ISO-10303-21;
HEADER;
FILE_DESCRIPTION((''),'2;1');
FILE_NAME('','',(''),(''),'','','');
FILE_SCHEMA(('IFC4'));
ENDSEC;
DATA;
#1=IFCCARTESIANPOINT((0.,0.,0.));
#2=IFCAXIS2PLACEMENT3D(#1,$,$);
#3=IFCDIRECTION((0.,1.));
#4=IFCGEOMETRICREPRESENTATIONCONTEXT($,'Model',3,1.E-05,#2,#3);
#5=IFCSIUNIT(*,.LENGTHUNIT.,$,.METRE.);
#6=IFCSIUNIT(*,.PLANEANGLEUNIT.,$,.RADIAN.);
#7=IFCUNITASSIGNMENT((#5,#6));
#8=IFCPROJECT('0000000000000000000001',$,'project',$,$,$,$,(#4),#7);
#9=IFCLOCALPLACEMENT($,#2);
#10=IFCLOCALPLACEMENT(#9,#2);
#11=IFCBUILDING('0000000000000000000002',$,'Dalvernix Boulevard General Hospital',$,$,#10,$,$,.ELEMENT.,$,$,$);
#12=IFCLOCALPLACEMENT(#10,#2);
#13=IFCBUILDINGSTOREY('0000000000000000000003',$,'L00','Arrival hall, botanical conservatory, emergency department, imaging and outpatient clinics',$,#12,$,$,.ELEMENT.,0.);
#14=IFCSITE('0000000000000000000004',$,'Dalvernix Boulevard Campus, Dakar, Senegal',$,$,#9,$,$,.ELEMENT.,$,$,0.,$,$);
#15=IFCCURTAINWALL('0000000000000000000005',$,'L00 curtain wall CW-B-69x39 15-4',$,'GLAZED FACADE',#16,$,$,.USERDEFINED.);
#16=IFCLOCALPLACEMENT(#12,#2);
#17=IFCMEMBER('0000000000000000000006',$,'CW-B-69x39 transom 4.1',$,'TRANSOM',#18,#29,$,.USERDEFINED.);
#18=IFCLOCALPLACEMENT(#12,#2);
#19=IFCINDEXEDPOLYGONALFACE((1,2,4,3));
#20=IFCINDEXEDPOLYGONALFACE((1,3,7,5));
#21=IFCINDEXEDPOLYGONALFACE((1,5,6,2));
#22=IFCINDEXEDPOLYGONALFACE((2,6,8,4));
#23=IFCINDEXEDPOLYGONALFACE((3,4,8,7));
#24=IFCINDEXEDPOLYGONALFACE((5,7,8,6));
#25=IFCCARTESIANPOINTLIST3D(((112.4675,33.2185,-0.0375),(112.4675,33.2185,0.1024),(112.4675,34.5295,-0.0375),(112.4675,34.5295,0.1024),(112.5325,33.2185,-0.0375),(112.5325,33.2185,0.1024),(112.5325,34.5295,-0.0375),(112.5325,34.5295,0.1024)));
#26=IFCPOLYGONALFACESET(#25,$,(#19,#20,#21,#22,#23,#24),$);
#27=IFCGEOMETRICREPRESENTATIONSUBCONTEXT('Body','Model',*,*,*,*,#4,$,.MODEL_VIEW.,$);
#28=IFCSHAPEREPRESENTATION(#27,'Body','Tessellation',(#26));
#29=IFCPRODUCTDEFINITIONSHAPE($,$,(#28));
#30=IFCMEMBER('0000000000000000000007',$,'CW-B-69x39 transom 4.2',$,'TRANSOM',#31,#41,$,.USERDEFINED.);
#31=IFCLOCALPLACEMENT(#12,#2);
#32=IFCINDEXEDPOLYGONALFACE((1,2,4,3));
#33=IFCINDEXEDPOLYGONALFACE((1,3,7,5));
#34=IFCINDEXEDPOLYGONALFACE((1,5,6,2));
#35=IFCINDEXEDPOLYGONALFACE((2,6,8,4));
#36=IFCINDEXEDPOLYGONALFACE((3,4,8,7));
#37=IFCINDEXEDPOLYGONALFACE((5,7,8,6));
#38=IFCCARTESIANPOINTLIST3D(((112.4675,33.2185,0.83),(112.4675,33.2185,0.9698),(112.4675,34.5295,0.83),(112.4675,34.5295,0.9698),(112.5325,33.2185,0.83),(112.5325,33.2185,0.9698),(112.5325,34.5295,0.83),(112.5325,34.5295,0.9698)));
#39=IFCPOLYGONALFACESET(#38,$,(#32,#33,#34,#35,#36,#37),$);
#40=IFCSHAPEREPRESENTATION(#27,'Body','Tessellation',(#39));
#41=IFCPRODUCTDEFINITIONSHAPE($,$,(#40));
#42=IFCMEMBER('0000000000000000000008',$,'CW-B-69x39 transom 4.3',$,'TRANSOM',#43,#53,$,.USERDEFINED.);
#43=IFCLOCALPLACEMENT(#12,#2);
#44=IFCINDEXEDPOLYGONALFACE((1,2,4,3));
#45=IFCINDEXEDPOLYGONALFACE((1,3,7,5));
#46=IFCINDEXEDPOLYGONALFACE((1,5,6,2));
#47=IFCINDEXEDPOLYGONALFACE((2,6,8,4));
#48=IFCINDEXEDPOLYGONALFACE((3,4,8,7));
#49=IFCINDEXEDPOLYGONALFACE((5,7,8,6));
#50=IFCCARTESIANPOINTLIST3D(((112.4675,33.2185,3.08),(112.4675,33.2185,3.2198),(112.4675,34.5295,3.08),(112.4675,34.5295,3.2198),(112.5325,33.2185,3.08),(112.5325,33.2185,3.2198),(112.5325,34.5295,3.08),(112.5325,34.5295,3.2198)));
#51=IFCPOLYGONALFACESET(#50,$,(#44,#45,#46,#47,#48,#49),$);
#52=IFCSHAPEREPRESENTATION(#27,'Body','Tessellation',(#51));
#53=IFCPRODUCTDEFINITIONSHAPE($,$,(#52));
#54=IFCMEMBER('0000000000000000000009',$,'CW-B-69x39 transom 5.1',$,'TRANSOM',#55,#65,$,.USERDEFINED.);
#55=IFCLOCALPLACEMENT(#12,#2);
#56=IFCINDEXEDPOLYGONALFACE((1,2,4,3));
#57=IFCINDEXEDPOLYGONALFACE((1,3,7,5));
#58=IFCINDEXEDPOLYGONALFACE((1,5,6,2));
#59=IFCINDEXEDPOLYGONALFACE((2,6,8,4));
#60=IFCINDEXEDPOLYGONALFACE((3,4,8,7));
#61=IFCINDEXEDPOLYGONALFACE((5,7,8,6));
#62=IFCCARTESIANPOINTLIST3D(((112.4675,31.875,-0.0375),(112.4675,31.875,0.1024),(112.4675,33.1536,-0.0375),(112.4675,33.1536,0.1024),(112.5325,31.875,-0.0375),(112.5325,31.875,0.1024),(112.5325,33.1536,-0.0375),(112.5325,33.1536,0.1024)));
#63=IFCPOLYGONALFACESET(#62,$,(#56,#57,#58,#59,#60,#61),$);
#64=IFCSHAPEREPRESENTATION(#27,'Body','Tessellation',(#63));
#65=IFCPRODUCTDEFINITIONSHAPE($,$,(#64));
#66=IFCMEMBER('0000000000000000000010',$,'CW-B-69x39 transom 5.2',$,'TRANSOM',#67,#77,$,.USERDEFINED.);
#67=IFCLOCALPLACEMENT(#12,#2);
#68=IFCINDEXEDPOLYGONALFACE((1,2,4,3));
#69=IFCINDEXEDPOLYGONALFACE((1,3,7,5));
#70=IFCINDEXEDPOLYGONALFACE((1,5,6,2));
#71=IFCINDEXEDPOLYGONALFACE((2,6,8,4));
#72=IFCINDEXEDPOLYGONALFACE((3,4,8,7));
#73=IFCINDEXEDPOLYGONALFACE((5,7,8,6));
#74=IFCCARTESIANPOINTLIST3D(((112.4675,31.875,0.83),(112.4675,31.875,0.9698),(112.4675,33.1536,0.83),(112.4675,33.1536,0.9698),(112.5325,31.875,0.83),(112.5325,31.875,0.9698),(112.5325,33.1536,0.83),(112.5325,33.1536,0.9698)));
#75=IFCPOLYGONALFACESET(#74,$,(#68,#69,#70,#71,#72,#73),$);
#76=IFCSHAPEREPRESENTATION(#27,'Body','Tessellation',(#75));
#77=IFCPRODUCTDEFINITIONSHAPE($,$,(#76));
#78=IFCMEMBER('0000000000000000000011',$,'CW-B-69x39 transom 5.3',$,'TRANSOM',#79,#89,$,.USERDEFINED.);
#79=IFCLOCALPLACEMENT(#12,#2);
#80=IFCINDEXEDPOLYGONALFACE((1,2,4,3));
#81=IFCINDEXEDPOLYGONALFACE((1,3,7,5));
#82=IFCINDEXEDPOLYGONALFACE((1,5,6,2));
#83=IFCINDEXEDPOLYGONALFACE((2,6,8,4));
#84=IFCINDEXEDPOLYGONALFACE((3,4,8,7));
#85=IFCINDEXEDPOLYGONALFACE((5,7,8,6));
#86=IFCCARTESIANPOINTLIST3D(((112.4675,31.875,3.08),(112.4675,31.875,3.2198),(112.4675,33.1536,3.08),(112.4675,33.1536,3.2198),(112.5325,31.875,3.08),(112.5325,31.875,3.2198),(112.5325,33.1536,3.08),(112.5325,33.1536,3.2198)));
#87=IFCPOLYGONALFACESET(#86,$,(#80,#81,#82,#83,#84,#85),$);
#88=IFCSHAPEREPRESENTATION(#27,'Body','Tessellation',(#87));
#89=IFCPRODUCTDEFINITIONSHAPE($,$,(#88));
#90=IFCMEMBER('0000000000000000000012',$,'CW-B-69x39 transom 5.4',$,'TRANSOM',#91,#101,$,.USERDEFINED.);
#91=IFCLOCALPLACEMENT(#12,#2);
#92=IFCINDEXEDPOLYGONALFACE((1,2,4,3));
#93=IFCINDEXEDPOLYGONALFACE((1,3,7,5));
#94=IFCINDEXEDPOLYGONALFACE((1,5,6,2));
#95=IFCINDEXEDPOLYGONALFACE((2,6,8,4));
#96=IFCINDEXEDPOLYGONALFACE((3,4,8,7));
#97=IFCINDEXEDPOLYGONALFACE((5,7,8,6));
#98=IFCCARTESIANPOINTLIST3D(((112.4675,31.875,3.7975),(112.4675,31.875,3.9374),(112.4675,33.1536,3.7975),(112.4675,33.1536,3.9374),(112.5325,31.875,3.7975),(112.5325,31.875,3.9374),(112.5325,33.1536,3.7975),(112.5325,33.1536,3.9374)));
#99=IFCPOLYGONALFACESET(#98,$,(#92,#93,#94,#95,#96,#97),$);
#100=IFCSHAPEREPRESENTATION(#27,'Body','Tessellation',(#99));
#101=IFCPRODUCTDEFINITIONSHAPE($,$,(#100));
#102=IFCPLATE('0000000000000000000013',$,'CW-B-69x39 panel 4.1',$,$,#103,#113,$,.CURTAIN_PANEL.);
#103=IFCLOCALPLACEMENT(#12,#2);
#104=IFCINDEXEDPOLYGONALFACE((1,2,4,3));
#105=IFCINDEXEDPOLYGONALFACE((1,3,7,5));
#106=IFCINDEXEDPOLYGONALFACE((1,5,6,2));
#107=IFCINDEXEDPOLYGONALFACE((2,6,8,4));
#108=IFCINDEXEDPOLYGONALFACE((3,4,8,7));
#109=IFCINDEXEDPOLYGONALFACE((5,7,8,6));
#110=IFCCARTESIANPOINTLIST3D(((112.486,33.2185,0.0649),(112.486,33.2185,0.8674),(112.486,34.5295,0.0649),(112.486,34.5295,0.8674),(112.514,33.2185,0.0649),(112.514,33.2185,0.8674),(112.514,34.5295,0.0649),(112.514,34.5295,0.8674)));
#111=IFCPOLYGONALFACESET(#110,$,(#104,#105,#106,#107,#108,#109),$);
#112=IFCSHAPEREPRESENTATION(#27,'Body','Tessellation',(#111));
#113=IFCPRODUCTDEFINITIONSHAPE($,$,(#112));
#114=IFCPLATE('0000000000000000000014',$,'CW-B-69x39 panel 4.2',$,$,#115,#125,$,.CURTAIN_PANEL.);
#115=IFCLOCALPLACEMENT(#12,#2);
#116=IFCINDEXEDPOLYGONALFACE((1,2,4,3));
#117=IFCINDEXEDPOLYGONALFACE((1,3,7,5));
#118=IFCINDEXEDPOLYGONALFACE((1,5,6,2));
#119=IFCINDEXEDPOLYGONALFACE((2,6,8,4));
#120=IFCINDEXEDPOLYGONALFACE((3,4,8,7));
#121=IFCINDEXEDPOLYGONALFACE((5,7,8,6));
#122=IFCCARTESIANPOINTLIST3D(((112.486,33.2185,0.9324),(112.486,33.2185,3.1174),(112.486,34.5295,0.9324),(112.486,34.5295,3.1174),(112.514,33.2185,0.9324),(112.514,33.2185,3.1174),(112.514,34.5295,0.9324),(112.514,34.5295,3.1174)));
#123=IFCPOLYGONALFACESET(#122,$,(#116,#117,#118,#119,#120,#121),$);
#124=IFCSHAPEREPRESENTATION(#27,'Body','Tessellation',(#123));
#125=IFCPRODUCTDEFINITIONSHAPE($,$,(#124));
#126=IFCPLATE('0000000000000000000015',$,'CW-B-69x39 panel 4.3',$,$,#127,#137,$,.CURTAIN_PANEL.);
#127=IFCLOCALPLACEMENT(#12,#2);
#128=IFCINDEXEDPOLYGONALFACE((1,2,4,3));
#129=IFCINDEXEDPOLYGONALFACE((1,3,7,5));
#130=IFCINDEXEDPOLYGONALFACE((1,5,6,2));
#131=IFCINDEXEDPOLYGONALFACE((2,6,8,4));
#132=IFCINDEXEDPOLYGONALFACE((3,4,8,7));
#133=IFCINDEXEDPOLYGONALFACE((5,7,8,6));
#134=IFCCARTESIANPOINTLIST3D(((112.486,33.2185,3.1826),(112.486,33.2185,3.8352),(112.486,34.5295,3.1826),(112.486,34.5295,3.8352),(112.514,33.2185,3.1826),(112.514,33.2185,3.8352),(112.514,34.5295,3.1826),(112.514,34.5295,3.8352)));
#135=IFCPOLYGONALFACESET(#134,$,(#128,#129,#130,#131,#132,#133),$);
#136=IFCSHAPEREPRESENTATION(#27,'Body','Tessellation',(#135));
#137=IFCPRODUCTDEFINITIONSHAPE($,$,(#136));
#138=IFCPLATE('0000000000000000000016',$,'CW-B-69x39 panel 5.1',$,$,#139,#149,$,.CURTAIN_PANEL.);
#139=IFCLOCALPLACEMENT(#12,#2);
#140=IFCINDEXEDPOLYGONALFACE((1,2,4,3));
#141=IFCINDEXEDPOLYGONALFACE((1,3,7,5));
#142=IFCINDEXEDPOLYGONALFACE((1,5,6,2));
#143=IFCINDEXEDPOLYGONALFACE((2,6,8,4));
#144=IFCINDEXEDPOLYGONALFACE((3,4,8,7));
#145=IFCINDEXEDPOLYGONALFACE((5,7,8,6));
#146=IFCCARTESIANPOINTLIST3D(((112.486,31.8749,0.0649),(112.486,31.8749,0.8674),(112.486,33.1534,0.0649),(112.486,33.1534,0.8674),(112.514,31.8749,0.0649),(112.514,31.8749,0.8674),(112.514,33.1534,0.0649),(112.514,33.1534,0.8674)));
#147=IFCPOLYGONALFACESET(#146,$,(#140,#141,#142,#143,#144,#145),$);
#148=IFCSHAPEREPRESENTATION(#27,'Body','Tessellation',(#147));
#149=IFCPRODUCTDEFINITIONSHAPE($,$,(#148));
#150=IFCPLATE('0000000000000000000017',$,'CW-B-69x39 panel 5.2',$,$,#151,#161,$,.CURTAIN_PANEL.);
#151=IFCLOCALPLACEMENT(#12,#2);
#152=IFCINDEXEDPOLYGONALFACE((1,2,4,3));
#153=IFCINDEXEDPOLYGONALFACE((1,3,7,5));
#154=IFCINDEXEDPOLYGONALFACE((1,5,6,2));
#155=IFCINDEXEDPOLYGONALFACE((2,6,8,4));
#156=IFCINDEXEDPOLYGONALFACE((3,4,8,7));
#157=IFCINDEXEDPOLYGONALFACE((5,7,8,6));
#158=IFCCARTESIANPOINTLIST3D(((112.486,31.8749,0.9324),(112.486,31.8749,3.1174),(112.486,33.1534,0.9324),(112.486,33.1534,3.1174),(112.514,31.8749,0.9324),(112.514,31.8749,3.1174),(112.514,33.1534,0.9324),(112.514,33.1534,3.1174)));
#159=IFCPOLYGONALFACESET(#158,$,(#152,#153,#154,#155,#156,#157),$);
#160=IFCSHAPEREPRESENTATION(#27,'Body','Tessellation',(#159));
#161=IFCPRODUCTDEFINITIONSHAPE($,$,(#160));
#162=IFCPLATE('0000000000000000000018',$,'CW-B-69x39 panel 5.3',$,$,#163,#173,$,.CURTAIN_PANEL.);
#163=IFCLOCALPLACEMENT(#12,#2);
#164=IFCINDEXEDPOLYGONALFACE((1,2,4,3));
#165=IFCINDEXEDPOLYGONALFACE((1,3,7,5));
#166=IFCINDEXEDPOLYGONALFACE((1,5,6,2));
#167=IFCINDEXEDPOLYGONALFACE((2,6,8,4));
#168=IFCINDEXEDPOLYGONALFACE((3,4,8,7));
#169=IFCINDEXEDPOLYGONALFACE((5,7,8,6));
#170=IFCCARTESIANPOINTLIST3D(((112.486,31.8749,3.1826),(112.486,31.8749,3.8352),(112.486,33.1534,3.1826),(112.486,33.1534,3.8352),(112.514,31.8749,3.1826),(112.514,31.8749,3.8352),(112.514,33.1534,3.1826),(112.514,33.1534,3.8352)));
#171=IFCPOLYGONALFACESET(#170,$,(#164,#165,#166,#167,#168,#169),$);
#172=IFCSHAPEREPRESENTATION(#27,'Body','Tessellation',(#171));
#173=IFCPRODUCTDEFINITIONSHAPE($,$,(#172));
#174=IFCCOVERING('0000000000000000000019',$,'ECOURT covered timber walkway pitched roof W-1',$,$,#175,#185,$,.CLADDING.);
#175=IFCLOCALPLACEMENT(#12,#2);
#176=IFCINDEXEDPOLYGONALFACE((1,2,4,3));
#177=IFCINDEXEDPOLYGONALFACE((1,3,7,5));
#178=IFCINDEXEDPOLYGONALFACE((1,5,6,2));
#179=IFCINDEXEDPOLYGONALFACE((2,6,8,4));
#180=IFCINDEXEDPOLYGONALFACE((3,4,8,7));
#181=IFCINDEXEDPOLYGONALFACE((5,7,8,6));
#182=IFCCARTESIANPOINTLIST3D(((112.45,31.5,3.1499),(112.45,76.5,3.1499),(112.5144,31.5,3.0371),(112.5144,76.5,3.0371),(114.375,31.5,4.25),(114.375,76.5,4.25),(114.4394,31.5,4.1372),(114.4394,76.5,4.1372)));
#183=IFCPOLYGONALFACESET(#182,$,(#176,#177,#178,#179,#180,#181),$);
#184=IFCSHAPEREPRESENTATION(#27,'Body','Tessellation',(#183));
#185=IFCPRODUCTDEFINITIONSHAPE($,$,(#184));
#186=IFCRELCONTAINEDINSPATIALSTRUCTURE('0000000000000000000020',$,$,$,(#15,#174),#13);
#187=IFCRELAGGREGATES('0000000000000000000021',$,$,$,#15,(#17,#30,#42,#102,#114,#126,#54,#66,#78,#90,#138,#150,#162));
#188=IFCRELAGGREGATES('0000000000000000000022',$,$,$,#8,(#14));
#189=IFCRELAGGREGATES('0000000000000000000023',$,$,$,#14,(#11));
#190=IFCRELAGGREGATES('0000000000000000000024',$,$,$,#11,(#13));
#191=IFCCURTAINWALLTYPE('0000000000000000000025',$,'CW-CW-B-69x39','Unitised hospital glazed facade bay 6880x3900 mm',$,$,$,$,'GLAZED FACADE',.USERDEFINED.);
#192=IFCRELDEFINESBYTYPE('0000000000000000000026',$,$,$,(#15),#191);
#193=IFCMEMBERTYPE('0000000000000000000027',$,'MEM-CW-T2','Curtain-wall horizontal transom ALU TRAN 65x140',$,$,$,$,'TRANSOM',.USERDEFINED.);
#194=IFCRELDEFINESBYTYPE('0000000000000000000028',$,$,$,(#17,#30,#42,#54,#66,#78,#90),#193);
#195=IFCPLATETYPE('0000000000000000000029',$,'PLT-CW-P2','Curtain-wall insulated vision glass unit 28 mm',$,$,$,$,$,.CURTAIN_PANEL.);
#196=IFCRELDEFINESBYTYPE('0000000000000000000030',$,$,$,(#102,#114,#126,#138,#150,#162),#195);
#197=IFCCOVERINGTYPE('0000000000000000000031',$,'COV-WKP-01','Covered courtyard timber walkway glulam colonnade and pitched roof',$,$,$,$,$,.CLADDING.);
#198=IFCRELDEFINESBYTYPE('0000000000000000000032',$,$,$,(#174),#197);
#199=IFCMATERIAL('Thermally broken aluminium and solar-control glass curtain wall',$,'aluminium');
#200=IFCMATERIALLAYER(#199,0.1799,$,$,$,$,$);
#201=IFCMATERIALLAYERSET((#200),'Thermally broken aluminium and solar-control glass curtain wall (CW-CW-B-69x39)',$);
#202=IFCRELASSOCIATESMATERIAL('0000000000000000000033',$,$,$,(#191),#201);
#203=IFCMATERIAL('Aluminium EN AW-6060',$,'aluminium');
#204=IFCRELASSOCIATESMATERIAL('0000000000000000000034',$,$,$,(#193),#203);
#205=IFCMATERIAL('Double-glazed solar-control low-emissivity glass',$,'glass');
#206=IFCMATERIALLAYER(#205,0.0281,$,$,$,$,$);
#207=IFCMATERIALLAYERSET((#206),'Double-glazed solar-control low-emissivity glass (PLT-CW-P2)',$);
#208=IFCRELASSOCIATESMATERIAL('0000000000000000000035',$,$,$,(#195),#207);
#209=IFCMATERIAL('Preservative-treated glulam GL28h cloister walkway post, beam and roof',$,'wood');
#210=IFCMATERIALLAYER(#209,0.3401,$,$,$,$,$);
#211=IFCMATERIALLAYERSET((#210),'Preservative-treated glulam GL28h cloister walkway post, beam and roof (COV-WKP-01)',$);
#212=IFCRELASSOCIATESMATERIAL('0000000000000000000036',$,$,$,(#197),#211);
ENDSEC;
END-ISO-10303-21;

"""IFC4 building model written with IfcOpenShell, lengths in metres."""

from ifc_helpers import new_model, si_unit, direction, frame, origin, origin_2d, place, context, subcontext, project, spatial, polyline, rectangle, outline, extrude, material, layer, layer_set, material_profile, profile_set, type_object, element, aggregate, save


model = new_model("IFC4")

# Units and contexts
model_context = context("Model", 3, precision=1e-05, world=origin(), true_north=direction((0.0, 1.0)))
body_context = subcontext(model_context, "Body", "Model", "MODEL_VIEW")
ifc_project = project(units=[si_unit("LENGTHUNIT", "METRE"), si_unit("PLANEANGLEUNIT", "RADIAN")], contexts=[model_context])

# Site, building, storey
site_placement = place(None, origin())
site = spatial("IfcSite", under=ifc_project, at=site_placement, Name="Dalvernix Boulevard Campus, Dakar, Senegal", CompositionType="ELEMENT", RefElevation=0.0)
building_placement = place(site_placement, origin())
building = spatial("IfcBuilding", under=site, at=building_placement, Name="Dalvernix Boulevard General Hospital", CompositionType="ELEMENT")
storey_placement = place(building_placement, origin())
storey = spatial("IfcBuildingStorey", under=building, at=storey_placement, Name="L00", Description="Arrival hall, botanical conservatory, emergency department, imaging and outpatient clinics", CompositionType="ELEMENT", Elevation=0.0)

# Curtain wall, members, plates
ifc_material_1 = material(Name="Thermally broken aluminium and solar-control glass curtain wall", Category="aluminium")
ifc_layer_1 = layer(ifc_material_1, 0.1799)
ifc_layer_set_1 = layer_set([ifc_layer_1], Name="Thermally broken aluminium and solar-control glass curtain wall (CW-CW-B-69x39)")
curtain_wall_type = type_object("IfcCurtainWallType", Name="CW-CW-B-69x39", Description="Unitised hospital glazed facade bay 6880x3900 mm", ElementType="GLAZED FACADE", PredefinedType="USERDEFINED", material=ifc_layer_set_1)
curtain_wall_placement = place(storey_placement, origin())
curtain_wall = element("IfcCurtainWall", 1, at=curtain_wall_placement, inside=storey, type_object=curtain_wall_type, Name="L00 curtain wall CW-B-69x39 15-4", ObjectType="GLAZED FACADE", PredefinedType="USERDEFINED")
ifc_material_2 = material(Name="Aluminium EN AW-6060", Category="aluminium")
ifc_material_profile_1 = material_profile(ifc_material_2, rectangle(XDim=0.0649, YDim=0.1399, at=origin_2d()), Name="ALU TRAN 65x140")
ifc_profile_set_1 = profile_set([ifc_material_profile_1], Name="Aluminium EN AW-6060")
member_type_1 = type_object("IfcMemberType", Name="MEM-CW-T2", Description="Curtain-wall horizontal transom ALU TRAN 65x140", ElementType="TRANSOM", PredefinedType="USERDEFINED", material=ifc_profile_set_1)
member_1_placement = place(storey_placement, frame((112.5, 34.5295, 0.0325), z_axis=(0.0, -1.0, 0.0), x_axis=(1.0, 0.0, 0.0)))
member_1 = element("IfcMember", 2, at=member_1_placement, type_object=member_type_1, Name="CW-B-69x39 transom 4.1", ObjectType="TRANSOM", PredefinedType="USERDEFINED", context=body_context, shape_type="SweptSolid", body=[
    extrude(rectangle(XDim=0.0649, YDim=0.1399, at=origin_2d()), origin(), (0.0, 0.0, 1.0), 1.311),
])
member_2_placement = place(storey_placement, frame((112.5, 34.5295, 0.8999), z_axis=(0.0, -1.0, 0.0), x_axis=(1.0, 0.0, 0.0)))
member_2 = element("IfcMember", 3, at=member_2_placement, type_object=member_type_1, Name="CW-B-69x39 transom 4.2", ObjectType="TRANSOM", PredefinedType="USERDEFINED", context=body_context, shape_type="SweptSolid", body=[
    extrude(rectangle(XDim=0.0649, YDim=0.1399, at=origin_2d()), origin(), (0.0, 0.0, 1.0), 1.311),
])
member_3_placement = place(storey_placement, frame((112.5, 34.5295, 3.1499), z_axis=(0.0, -1.0, 0.0), x_axis=(1.0, 0.0, 0.0)))
member_3 = element("IfcMember", 4, at=member_3_placement, type_object=member_type_1, Name="CW-B-69x39 transom 4.3", ObjectType="TRANSOM", PredefinedType="USERDEFINED", context=body_context, shape_type="SweptSolid", body=[
    extrude(rectangle(XDim=0.0649, YDim=0.1399, at=origin_2d()), origin(), (0.0, 0.0, 1.0), 1.311),
])
member_4_placement = place(storey_placement, frame((112.5, 33.1536, 0.0325), z_axis=(0.0, -1.0, 0.0), x_axis=(1.0, 0.0, 0.0)))
member_4 = element("IfcMember", 5, at=member_4_placement, type_object=member_type_1, Name="CW-B-69x39 transom 5.1", ObjectType="TRANSOM", PredefinedType="USERDEFINED", context=body_context, shape_type="SweptSolid", body=[
    extrude(rectangle(XDim=0.0649, YDim=0.1399, at=origin_2d()), origin(), (0.0, 0.0, 1.0), 1.2786),
])
member_5_placement = place(storey_placement, frame((112.5, 33.1536, 0.8999), z_axis=(0.0, -1.0, 0.0), x_axis=(1.0, 0.0, 0.0)))
member_5 = element("IfcMember", 6, at=member_5_placement, type_object=member_type_1, Name="CW-B-69x39 transom 5.2", ObjectType="TRANSOM", PredefinedType="USERDEFINED", context=body_context, shape_type="SweptSolid", body=[
    extrude(rectangle(XDim=0.0649, YDim=0.1399, at=origin_2d()), origin(), (0.0, 0.0, 1.0), 1.2786),
])
member_6_placement = place(storey_placement, frame((112.5, 33.1536, 3.1499), z_axis=(0.0, -1.0, 0.0), x_axis=(1.0, 0.0, 0.0)))
member_6 = element("IfcMember", 7, at=member_6_placement, type_object=member_type_1, Name="CW-B-69x39 transom 5.3", ObjectType="TRANSOM", PredefinedType="USERDEFINED", context=body_context, shape_type="SweptSolid", body=[
    extrude(rectangle(XDim=0.0649, YDim=0.1399, at=origin_2d()), origin(), (0.0, 0.0, 1.0), 1.2786),
])
member_7_placement = place(storey_placement, frame((112.5, 33.1536, 3.8674), z_axis=(0.0, -1.0, 0.0), x_axis=(1.0, 0.0, 0.0)))
member_7 = element("IfcMember", 8, at=member_7_placement, type_object=member_type_1, Name="CW-B-69x39 transom 5.4", ObjectType="TRANSOM", PredefinedType="USERDEFINED", context=body_context, shape_type="SweptSolid", body=[
    extrude(rectangle(XDim=0.0649, YDim=0.1399, at=origin_2d()), origin(), (0.0, 0.0, 1.0), 1.2786),
])
ifc_material_3 = material(Name="Double-glazed solar-control low-emissivity glass", Category="glass")
ifc_layer_2 = layer(ifc_material_3, 0.0281)
ifc_layer_set_2 = layer_set([ifc_layer_2], Name="Double-glazed solar-control low-emissivity glass (PLT-CW-P2)")
plate_type = type_object("IfcPlateType", Name="PLT-CW-P2", Description="Curtain-wall insulated vision glass unit 28 mm", PredefinedType="CURTAIN_PANEL", material=ifc_layer_set_2)
plate_1_placement = place(storey_placement, frame((112.5, 33.874, 0.0649), z_axis=(0.0, 0.0, 1.0), x_axis=(0.0, -1.0, 0.0)))
plate_1 = element("IfcPlate", 9, at=plate_1_placement, type_object=plate_type, Name="CW-B-69x39 panel 4.1", PredefinedType="CURTAIN_PANEL", context=body_context, shape_type="SweptSolid", body=[
    extrude(rectangle(XDim=1.311, YDim=0.0281, at=origin_2d()), origin(), (0.0, 0.0, 1.0), 0.8025),
])
plate_2_placement = place(storey_placement, frame((112.5, 33.874, 0.9324), z_axis=(0.0, 0.0, 1.0), x_axis=(0.0, -1.0, 0.0)))
plate_2 = element("IfcPlate", 10, at=plate_2_placement, type_object=plate_type, Name="CW-B-69x39 panel 4.2", PredefinedType="CURTAIN_PANEL", context=body_context, shape_type="SweptSolid", body=[
    extrude(rectangle(XDim=1.311, YDim=0.0281, at=origin_2d()), origin(), (0.0, 0.0, 1.0), 2.1851),
])
plate_3_placement = place(storey_placement, frame((112.5, 33.874, 3.1826), z_axis=(0.0, 0.0, 1.0), x_axis=(0.0, -1.0, 0.0)))
plate_3 = element("IfcPlate", 11, at=plate_3_placement, type_object=plate_type, Name="CW-B-69x39 panel 4.3", PredefinedType="CURTAIN_PANEL", context=body_context, shape_type="SweptSolid", body=[
    extrude(rectangle(XDim=1.311, YDim=0.0281, at=origin_2d()), origin(), (0.0, 0.0, 1.0), 0.6526),
])
plate_4_placement = place(storey_placement, frame((112.5, 32.5142, 0.0649), z_axis=(0.0, 0.0, 1.0), x_axis=(0.0, -1.0, 0.0)))
plate_4 = element("IfcPlate", 12, at=plate_4_placement, type_object=plate_type, Name="CW-B-69x39 panel 5.1", PredefinedType="CURTAIN_PANEL", context=body_context, shape_type="SweptSolid", body=[
    extrude(rectangle(XDim=1.2786, YDim=0.0281, at=origin_2d()), origin(), (0.0, 0.0, 1.0), 0.8025),
])
plate_5_placement = place(storey_placement, frame((112.5, 32.5142, 0.9324), z_axis=(0.0, 0.0, 1.0), x_axis=(0.0, -1.0, 0.0)))
plate_5 = element("IfcPlate", 13, at=plate_5_placement, type_object=plate_type, Name="CW-B-69x39 panel 5.2", PredefinedType="CURTAIN_PANEL", context=body_context, shape_type="SweptSolid", body=[
    extrude(rectangle(XDim=1.2786, YDim=0.0281, at=origin_2d()), origin(), (0.0, 0.0, 1.0), 2.1851),
])
plate_6_placement = place(storey_placement, frame((112.5, 32.5142, 3.1826), z_axis=(0.0, 0.0, 1.0), x_axis=(0.0, -1.0, 0.0)))
plate_6 = element("IfcPlate", 14, at=plate_6_placement, type_object=plate_type, Name="CW-B-69x39 panel 5.3", PredefinedType="CURTAIN_PANEL", context=body_context, shape_type="SweptSolid", body=[
    extrude(rectangle(XDim=1.2786, YDim=0.0281, at=origin_2d()), origin(), (0.0, 0.0, 1.0), 0.6526),
])
aggregate(curtain_wall, [member_1, member_2, member_3, plate_1, plate_2, plate_3, member_4, member_5, member_6, member_7, plate_4, plate_5, plate_6])

# Covering
ifc_material_4 = material(Name="Preservative-treated glulam GL28h cloister walkway post, beam and roof", Category="wood")
ifc_layer_3 = layer(ifc_material_4, 0.3401)
ifc_layer_set_3 = layer_set([ifc_layer_3], Name="Preservative-treated glulam GL28h cloister walkway post, beam and roof (COV-WKP-01)")
covering_type = type_object("IfcCoveringType", Name="COV-WKP-01", Description="Covered courtyard timber walkway glulam colonnade and pitched roof", PredefinedType="CLADDING", material=ifc_layer_set_3)
covering_placement = place(storey_placement, frame((112.45, 31.5, 3.1499), z_axis=(-0.496163, 0.0, 0.86823), x_axis=(0.86823, 0.0, 0.496163)))
element("IfcCovering", 15, at=covering_placement, inside=storey, type_object=covering_type, Name="ECOURT covered timber walkway pitched roof W-1", PredefinedType="CLADDING", context=body_context, shape_type="SweptSolid", body=[
    extrude(outline(polyline([(0.0, 0.0), (2.2172, 0.0), (2.2172, 45.0), (0.0, 45.0), (0.0, 0.0)])), origin(), (0.0, 0.0, -1.0), 0.1299),
])

save(model, "model.ifc")
